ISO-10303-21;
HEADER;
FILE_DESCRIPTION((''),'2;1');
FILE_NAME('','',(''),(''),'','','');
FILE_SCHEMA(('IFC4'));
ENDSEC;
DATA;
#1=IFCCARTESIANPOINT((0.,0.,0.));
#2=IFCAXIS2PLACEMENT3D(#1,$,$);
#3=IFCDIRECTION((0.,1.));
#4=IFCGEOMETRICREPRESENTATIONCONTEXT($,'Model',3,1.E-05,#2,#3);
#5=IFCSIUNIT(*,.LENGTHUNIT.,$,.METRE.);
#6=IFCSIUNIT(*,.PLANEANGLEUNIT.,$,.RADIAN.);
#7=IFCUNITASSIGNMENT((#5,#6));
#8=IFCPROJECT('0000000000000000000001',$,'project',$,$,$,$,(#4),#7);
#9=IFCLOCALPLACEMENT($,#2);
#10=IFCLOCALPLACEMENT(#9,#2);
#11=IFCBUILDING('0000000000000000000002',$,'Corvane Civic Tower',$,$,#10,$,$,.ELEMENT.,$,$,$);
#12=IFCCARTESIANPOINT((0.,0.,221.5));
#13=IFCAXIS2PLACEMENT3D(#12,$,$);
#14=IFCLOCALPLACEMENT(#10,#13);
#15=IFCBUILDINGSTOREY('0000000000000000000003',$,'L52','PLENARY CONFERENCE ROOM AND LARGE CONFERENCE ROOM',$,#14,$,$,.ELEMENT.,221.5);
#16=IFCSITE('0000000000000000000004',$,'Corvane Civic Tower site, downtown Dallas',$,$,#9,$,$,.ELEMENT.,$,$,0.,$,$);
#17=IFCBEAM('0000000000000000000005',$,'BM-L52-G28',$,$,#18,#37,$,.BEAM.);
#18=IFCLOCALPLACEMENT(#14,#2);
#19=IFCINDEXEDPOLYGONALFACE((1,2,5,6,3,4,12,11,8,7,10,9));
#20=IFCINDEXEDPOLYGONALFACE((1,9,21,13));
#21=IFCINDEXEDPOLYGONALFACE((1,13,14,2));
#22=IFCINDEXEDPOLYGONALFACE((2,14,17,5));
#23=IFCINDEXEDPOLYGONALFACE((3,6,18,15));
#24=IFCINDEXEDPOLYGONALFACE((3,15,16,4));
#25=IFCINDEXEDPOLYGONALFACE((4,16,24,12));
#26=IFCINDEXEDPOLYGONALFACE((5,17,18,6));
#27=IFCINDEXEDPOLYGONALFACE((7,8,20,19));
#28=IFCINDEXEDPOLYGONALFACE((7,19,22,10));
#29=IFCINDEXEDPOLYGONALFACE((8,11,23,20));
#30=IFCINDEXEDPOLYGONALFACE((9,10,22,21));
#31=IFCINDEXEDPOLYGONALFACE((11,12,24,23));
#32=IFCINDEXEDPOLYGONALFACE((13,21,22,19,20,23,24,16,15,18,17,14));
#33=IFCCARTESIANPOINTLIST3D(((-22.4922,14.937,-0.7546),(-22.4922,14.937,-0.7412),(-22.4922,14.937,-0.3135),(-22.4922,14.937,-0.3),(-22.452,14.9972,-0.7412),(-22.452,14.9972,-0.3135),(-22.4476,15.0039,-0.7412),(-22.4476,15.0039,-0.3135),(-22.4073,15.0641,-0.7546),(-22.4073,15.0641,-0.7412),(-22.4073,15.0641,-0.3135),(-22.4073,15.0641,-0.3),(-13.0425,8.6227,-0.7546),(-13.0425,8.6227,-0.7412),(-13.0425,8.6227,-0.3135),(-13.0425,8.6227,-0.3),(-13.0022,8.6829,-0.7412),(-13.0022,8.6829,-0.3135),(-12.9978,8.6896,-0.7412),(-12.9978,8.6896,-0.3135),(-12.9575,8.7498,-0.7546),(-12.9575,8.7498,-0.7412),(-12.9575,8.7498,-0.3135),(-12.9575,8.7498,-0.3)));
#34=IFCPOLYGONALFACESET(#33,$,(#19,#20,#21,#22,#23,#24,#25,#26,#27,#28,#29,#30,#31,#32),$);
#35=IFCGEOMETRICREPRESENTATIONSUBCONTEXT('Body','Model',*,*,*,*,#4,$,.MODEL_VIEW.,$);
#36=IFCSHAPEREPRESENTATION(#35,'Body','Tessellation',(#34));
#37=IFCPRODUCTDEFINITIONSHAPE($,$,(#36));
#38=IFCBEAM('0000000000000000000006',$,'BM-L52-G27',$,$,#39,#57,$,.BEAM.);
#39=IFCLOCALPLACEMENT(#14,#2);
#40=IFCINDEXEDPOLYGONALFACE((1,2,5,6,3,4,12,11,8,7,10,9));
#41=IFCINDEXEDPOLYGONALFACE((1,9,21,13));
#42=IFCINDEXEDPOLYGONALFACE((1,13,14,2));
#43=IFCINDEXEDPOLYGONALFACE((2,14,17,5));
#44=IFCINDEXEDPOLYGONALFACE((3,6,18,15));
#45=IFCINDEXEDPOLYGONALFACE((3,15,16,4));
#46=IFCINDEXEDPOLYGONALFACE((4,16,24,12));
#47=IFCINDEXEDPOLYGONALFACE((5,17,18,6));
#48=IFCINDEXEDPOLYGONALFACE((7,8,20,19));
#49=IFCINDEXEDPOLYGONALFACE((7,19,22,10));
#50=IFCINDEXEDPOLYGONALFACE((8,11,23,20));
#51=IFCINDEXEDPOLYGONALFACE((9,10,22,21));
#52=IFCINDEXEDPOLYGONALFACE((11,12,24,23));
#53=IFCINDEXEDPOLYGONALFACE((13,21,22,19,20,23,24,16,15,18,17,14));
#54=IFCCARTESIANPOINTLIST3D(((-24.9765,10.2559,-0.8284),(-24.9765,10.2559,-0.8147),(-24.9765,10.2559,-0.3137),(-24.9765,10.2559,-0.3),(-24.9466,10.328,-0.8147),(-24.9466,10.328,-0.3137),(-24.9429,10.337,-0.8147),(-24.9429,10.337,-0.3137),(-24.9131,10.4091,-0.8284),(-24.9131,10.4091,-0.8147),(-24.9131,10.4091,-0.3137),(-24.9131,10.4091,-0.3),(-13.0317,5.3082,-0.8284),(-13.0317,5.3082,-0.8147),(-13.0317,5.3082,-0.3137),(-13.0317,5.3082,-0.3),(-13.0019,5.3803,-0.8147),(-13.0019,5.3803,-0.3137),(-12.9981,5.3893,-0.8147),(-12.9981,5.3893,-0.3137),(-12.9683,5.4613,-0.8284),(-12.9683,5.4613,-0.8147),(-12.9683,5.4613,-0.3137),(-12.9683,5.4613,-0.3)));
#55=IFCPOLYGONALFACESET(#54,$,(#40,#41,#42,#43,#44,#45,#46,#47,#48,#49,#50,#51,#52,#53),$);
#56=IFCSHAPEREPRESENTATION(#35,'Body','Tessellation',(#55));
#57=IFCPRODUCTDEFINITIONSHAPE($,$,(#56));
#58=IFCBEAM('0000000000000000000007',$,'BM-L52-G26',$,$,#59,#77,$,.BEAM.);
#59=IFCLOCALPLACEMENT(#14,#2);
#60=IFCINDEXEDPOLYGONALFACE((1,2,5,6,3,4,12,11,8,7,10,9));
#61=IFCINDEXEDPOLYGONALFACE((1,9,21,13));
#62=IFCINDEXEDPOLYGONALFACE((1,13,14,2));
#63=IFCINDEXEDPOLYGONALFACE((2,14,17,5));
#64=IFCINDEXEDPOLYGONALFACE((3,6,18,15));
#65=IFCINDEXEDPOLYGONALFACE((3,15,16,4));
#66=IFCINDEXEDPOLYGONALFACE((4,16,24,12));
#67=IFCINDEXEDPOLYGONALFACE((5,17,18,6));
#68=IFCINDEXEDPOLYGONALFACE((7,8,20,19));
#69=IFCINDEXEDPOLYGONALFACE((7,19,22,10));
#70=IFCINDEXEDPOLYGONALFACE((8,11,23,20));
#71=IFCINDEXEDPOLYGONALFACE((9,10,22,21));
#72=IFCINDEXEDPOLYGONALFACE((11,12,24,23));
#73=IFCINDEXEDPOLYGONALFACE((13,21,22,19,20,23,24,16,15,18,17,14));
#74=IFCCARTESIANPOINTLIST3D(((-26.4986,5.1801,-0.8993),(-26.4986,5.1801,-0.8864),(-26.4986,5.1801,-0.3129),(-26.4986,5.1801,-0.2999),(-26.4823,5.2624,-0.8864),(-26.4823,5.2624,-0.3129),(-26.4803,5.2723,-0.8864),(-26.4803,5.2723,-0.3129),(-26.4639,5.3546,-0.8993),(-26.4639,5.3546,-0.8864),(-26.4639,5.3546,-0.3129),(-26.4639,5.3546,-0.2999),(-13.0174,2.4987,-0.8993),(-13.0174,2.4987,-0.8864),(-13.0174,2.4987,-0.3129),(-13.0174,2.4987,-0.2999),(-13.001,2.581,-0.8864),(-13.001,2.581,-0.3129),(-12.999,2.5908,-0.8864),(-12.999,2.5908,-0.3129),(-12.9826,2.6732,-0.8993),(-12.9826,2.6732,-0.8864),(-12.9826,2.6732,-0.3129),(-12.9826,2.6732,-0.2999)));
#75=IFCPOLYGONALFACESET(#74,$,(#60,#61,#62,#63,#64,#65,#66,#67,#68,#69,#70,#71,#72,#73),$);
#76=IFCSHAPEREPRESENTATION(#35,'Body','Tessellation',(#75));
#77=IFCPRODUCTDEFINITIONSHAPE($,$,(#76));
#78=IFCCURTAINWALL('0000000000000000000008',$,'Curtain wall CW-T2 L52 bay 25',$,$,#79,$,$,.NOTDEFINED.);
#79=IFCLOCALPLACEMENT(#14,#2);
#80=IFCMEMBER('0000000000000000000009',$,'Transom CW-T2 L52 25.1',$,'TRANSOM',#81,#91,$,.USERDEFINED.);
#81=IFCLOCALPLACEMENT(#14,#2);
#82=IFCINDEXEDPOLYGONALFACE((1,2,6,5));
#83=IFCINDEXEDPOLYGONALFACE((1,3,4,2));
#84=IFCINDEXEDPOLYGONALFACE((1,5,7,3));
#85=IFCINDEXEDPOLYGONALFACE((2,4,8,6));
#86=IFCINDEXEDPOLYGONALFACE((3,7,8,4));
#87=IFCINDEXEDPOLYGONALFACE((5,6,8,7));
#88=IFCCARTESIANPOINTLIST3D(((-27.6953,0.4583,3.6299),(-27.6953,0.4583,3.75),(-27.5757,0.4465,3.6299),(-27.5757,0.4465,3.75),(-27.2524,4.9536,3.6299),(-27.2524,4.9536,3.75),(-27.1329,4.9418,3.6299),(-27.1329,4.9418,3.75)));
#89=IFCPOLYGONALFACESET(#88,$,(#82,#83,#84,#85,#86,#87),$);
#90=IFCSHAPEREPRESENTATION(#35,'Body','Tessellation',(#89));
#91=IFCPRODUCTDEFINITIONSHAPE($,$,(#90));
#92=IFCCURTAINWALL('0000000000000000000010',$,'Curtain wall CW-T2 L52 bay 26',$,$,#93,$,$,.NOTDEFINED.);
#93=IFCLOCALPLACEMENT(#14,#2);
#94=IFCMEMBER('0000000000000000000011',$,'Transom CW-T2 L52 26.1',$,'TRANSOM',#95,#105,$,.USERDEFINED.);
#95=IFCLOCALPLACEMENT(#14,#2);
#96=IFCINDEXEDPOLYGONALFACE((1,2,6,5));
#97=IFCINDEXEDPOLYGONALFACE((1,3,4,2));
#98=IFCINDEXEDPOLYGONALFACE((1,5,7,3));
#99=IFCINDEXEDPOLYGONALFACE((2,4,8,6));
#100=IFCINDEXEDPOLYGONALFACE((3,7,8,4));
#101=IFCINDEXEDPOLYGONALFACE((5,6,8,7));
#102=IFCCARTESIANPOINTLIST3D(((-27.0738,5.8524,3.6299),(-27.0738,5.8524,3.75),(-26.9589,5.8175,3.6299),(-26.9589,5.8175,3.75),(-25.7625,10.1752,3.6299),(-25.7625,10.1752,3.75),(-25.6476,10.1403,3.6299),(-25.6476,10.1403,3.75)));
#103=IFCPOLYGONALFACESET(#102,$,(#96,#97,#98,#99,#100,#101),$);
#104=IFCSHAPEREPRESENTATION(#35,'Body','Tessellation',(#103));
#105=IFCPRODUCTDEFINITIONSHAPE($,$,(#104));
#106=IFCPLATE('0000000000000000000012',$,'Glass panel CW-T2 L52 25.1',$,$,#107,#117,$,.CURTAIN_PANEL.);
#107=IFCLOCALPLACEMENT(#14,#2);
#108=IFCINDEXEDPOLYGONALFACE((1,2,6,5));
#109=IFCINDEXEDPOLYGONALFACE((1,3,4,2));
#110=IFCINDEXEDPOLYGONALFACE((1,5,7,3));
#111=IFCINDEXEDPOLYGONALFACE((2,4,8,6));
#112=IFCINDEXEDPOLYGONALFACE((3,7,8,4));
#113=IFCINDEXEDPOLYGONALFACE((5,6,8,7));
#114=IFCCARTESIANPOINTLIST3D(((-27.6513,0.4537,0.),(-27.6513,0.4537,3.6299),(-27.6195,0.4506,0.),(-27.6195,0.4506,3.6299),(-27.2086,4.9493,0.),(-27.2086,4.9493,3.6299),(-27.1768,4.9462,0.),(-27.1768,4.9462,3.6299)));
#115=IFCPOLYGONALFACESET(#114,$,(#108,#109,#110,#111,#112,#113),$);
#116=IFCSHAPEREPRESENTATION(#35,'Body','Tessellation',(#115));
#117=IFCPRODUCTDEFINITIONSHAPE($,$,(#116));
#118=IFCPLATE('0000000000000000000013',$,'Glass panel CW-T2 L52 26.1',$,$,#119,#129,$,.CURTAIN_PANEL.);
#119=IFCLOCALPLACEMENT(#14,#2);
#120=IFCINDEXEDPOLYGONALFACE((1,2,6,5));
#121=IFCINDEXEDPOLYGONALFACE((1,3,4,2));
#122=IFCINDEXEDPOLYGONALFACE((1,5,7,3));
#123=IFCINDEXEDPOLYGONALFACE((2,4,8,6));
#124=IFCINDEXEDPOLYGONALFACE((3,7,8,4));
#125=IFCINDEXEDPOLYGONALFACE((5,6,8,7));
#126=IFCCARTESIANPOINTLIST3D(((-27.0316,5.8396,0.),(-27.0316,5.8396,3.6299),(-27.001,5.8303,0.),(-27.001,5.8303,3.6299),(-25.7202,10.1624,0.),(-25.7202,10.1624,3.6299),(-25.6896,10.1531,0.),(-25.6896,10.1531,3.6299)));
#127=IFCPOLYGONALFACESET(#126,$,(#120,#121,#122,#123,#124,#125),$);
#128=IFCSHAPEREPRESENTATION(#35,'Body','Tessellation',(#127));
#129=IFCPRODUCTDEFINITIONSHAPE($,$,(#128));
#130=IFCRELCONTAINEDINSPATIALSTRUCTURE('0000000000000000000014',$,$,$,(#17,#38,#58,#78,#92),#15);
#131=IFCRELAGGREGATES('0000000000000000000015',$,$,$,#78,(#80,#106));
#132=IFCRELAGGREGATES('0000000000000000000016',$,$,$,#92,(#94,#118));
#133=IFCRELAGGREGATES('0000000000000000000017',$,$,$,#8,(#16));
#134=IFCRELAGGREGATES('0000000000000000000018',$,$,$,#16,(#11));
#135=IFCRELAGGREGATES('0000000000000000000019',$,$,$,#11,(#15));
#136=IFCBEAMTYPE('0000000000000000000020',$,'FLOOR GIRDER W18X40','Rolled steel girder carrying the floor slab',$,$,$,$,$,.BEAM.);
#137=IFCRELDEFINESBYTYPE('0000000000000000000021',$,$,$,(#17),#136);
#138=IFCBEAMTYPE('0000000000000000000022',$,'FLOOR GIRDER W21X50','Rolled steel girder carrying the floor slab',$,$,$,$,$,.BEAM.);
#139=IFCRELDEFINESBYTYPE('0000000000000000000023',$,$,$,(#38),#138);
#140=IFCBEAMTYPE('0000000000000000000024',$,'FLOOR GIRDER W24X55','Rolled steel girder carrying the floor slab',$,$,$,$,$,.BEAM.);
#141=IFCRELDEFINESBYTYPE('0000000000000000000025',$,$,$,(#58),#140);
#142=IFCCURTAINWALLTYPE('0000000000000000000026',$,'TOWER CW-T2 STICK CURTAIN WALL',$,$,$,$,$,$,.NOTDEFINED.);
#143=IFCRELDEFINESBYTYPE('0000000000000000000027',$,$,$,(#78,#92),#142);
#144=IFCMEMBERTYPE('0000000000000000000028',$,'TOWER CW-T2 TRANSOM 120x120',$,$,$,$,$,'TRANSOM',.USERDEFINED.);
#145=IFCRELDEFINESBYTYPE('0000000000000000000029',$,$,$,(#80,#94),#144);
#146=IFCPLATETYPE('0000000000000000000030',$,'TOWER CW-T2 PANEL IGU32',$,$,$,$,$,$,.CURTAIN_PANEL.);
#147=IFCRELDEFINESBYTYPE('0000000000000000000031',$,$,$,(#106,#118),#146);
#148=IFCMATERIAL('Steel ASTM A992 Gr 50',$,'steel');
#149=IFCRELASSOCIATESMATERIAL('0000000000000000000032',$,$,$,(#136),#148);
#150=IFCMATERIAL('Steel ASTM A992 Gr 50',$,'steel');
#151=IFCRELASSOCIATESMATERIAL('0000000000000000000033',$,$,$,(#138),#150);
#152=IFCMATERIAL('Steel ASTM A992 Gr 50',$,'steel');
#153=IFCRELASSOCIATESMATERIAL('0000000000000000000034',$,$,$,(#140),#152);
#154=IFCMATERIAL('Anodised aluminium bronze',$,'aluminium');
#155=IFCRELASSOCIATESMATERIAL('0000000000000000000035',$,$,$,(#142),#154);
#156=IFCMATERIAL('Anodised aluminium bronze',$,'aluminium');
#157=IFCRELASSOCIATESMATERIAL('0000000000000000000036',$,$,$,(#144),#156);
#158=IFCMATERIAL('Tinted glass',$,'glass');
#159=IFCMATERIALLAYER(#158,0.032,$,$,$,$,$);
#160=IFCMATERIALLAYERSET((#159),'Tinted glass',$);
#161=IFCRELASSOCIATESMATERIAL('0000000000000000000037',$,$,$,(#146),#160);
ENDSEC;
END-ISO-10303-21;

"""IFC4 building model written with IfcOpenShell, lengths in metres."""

from ifc_helpers import new_model, si_unit, direction, frame, origin, origin_2d, place, context, subcontext, project, spatial, rectangle, i_section, extrude, material, layer, layer_set, material_profile, profile_set, type_object, element, aggregate, save


model = new_model("IFC4")

# Units and contexts
model_context = context("Model", 3, precision=1e-05, world=origin(), true_north=direction((0.0, 1.0)))
body_context = subcontext(model_context, "Body", "Model", "MODEL_VIEW")
ifc_project = project(units=[si_unit("LENGTHUNIT", "METRE"), si_unit("PLANEANGLEUNIT", "RADIAN")], contexts=[model_context])

# Site, building, storey
site_placement = place(None, origin())
site = spatial("IfcSite", under=ifc_project, at=site_placement, Name="Corvane Civic Tower site, downtown Dallas", CompositionType="ELEMENT", RefElevation=0.0)
building_placement = place(site_placement, origin())
building = spatial("IfcBuilding", under=site, at=building_placement, Name="Corvane Civic Tower", CompositionType="ELEMENT")
storey_placement = place(building_placement, frame((0.0, 0.0, 221.5)))
storey = spatial("IfcBuildingStorey", under=building, at=storey_placement, Name="L52", Description="PLENARY CONFERENCE ROOM AND LARGE CONFERENCE ROOM", CompositionType="ELEMENT", Elevation=221.5)

# Beams
ifc_material_1 = material(Name="Steel ASTM A992 Gr 50", Category="steel")
ifc_material_profile_1 = material_profile(ifc_material_1, i_section(OverallWidth=0.1528, OverallDepth=0.4546, WebThickness=0.0081, FlangeThickness=0.0134, at=origin_2d()), Name="W18X40")
ifc_profile_set_1 = profile_set([ifc_material_profile_1], Name="Steel ASTM A992 Gr 50")
beam_type_1 = type_object("IfcBeamType", Name="FLOOR GIRDER W18X40", Description="Rolled steel girder carrying the floor slab", PredefinedType="BEAM", material=ifc_profile_set_1)
beam_1_placement = place(storey_placement, frame((-13.0, 8.6863, -0.5273), z_axis=(-0.831465, 0.555577, 0.0), x_axis=(-0.555577, -0.831465, 0.0)))
element("IfcBeam", 1, at=beam_1_placement, inside=storey, type_object=beam_type_1, Name="BM-L52-G28", PredefinedType="BEAM", context=body_context, shape_type="SweptSolid", body=[
    extrude(i_section(OverallWidth=0.1528, OverallDepth=0.4546, WebThickness=0.0081, FlangeThickness=0.0134, at=origin_2d()), origin(), (0.0, 0.0, 1.0), 11.3652),
])
ifc_material_2 = material(Name="Steel ASTM A992 Gr 50", Category="steel")
ifc_material_profile_2 = material_profile(ifc_material_2, i_section(OverallWidth=0.1658, OverallDepth=0.5283, WebThickness=0.0098, FlangeThickness=0.0137, at=origin_2d()), Name="W21X50")
ifc_profile_set_2 = profile_set([ifc_material_profile_2], Name="Steel ASTM A992 Gr 50")
beam_type_2 = type_object("IfcBeamType", Name="FLOOR GIRDER W21X50", Description="Rolled steel girder carrying the floor slab", PredefinedType="BEAM", material=ifc_profile_set_2)
beam_2_placement = place(storey_placement, frame((-13.0, 5.3848, -0.5642), z_axis=(-0.923878, 0.382686, 0.0), x_axis=(-0.382686, -0.923878, 0.0)))
element("IfcBeam", 2, at=beam_2_placement, inside=storey, type_object=beam_type_2, Name="BM-L52-G27", PredefinedType="BEAM", context=body_context, shape_type="SweptSolid", body=[
    extrude(i_section(OverallWidth=0.1658, OverallDepth=0.5283, WebThickness=0.0098, FlangeThickness=0.0137, at=origin_2d()), origin(), (0.0, 0.0, 1.0), 12.929),
])
ifc_material_3 = material(Name="Steel ASTM A992 Gr 50", Category="steel")
ifc_material_profile_3 = material_profile(ifc_material_3, i_section(OverallWidth=0.178, OverallDepth=0.5994, WebThickness=0.01, FlangeThickness=0.0129, at=origin_2d()), Name="W24X55")
ifc_profile_set_3 = profile_set([ifc_material_profile_3], Name="Steel ASTM A992 Gr 50")
beam_type_3 = type_object("IfcBeamType", Name="FLOOR GIRDER W24X55", Description="Rolled steel girder carrying the floor slab", PredefinedType="BEAM", material=ifc_profile_set_3)
beam_3_placement = place(storey_placement, frame((-13.0, 2.5859, -0.5996), z_axis=(-0.980788, 0.195078, 0.0), x_axis=(-0.195078, -0.980788, 0.0)))
element("IfcBeam", 3, at=beam_3_placement, inside=storey, type_object=beam_type_3, Name="BM-L52-G26", PredefinedType="BEAM", context=body_context, shape_type="SweptSolid", body=[
    extrude(i_section(OverallWidth=0.178, OverallDepth=0.5994, WebThickness=0.01, FlangeThickness=0.0129, at=origin_2d()), origin(), (0.0, 0.0, 1.0), 13.7454),
])

# Curtain walls, members
ifc_material_4 = material(Name="Anodised aluminium bronze", Category="aluminium")
curtain_wall_type = type_object("IfcCurtainWallType", Name="TOWER CW-T2 STICK CURTAIN WALL", PredefinedType="NOTDEFINED", material=ifc_material_4)
curtain_wall_1_placement = place(storey_placement, origin())
curtain_wall_1 = element("IfcCurtainWall", 4, at=curtain_wall_1_placement, inside=storey, type_object=curtain_wall_type, Name="Curtain wall CW-T2 L52 bay 25", PredefinedType="NOTDEFINED")
ifc_material_5 = material(Name="Anodised aluminium bronze", Category="aluminium")
ifc_material_profile_4 = material_profile(ifc_material_5, rectangle(XDim=0.1201, YDim=0.1201, at=origin_2d()), Name="TOWER CW-T2 TRANSOM 120x120")
ifc_profile_set_4 = profile_set([ifc_material_profile_4], Name="Anodised aluminium bronze")
member_type = type_object("IfcMemberType", Name="TOWER CW-T2 TRANSOM 120x120", ElementType="TRANSOM", PredefinedType="USERDEFINED", material=ifc_profile_set_4)
member_1_placement = place(storey_placement, frame((-27.6355, 0.4524, 3.6899), z_axis=(0.098043, 0.995182, 0.0), x_axis=(-0.995182, 0.098043, 0.0)))
member_1 = element("IfcMember", 5, at=member_1_placement, type_object=member_type, Name="Transom CW-T2 L52 25.1", ObjectType="TRANSOM", PredefinedType="USERDEFINED", context=body_context, shape_type="SweptSolid", body=[
    extrude(rectangle(XDim=0.1201, YDim=0.1201, at=origin_2d()), origin(), (0.0, 0.0, 1.0), 4.5171),
])
curtain_wall_2_placement = place(storey_placement, origin())
curtain_wall_2 = element("IfcCurtainWall", 6, at=curtain_wall_2_placement, inside=storey, type_object=curtain_wall_type, Name="Curtain wall CW-T2 L52 bay 26", PredefinedType="NOTDEFINED")
member_2_placement = place(storey_placement, frame((-27.0164, 5.835, 3.6899), z_axis=(0.290282, 0.956941, 0.0), x_axis=(-0.956941, 0.290282, 0.0)))
member_2 = element("IfcMember", 7, at=member_2_placement, type_object=member_type, Name="Transom CW-T2 L52 26.1", ObjectType="TRANSOM", PredefinedType="USERDEFINED", context=body_context, shape_type="SweptSolid", body=[
    extrude(rectangle(XDim=0.1201, YDim=0.1201, at=origin_2d()), origin(), (0.0, 0.0, 1.0), 4.5173),
])

# Plates
ifc_material_6 = material(Name="Tinted glass", Category="glass")
ifc_layer_1 = layer(ifc_material_6, 0.032)
ifc_layer_set_1 = layer_set([ifc_layer_1], Name="Tinted glass")
plate_type = type_object("IfcPlateType", Name="TOWER CW-T2 PANEL IGU32", PredefinedType="CURTAIN_PANEL", material=ifc_layer_set_1)
plate_1_placement = place(storey_placement, frame((-27.4141, 2.7, 0.0), z_axis=(0.0, 0.0, 1.0), x_axis=(0.097993, 0.995187, 0.0)))
plate_1 = element("IfcPlate", 8, at=plate_1_placement, type_object=plate_type, Name="Glass panel CW-T2 L52 25.1", PredefinedType="CURTAIN_PANEL", context=body_context, shape_type="SweptSolid", body=[
    extrude(rectangle(XDim=4.5173, YDim=0.032, at=origin_2d()), origin(), (0.0, 0.0, 1.0), 3.6299),
])
aggregate(curtain_wall_1, [member_1, plate_1])
plate_2_placement = place(storey_placement, frame((-26.3606, 7.9963, 0.0), z_axis=(0.0, 0.0, 1.0), x_axis=(0.29029, 0.956939, 0.0)))
plate_2 = element("IfcPlate", 9, at=plate_2_placement, type_object=plate_type, Name="Glass panel CW-T2 L52 26.1", PredefinedType="CURTAIN_PANEL", context=body_context, shape_type="SweptSolid", body=[
    extrude(rectangle(XDim=4.5173, YDim=0.032, at=origin_2d()), origin(), (0.0, 0.0, 1.0), 3.6299),
])
aggregate(curtain_wall_2, [member_2, plate_2])

save(model, "model.ifc")
